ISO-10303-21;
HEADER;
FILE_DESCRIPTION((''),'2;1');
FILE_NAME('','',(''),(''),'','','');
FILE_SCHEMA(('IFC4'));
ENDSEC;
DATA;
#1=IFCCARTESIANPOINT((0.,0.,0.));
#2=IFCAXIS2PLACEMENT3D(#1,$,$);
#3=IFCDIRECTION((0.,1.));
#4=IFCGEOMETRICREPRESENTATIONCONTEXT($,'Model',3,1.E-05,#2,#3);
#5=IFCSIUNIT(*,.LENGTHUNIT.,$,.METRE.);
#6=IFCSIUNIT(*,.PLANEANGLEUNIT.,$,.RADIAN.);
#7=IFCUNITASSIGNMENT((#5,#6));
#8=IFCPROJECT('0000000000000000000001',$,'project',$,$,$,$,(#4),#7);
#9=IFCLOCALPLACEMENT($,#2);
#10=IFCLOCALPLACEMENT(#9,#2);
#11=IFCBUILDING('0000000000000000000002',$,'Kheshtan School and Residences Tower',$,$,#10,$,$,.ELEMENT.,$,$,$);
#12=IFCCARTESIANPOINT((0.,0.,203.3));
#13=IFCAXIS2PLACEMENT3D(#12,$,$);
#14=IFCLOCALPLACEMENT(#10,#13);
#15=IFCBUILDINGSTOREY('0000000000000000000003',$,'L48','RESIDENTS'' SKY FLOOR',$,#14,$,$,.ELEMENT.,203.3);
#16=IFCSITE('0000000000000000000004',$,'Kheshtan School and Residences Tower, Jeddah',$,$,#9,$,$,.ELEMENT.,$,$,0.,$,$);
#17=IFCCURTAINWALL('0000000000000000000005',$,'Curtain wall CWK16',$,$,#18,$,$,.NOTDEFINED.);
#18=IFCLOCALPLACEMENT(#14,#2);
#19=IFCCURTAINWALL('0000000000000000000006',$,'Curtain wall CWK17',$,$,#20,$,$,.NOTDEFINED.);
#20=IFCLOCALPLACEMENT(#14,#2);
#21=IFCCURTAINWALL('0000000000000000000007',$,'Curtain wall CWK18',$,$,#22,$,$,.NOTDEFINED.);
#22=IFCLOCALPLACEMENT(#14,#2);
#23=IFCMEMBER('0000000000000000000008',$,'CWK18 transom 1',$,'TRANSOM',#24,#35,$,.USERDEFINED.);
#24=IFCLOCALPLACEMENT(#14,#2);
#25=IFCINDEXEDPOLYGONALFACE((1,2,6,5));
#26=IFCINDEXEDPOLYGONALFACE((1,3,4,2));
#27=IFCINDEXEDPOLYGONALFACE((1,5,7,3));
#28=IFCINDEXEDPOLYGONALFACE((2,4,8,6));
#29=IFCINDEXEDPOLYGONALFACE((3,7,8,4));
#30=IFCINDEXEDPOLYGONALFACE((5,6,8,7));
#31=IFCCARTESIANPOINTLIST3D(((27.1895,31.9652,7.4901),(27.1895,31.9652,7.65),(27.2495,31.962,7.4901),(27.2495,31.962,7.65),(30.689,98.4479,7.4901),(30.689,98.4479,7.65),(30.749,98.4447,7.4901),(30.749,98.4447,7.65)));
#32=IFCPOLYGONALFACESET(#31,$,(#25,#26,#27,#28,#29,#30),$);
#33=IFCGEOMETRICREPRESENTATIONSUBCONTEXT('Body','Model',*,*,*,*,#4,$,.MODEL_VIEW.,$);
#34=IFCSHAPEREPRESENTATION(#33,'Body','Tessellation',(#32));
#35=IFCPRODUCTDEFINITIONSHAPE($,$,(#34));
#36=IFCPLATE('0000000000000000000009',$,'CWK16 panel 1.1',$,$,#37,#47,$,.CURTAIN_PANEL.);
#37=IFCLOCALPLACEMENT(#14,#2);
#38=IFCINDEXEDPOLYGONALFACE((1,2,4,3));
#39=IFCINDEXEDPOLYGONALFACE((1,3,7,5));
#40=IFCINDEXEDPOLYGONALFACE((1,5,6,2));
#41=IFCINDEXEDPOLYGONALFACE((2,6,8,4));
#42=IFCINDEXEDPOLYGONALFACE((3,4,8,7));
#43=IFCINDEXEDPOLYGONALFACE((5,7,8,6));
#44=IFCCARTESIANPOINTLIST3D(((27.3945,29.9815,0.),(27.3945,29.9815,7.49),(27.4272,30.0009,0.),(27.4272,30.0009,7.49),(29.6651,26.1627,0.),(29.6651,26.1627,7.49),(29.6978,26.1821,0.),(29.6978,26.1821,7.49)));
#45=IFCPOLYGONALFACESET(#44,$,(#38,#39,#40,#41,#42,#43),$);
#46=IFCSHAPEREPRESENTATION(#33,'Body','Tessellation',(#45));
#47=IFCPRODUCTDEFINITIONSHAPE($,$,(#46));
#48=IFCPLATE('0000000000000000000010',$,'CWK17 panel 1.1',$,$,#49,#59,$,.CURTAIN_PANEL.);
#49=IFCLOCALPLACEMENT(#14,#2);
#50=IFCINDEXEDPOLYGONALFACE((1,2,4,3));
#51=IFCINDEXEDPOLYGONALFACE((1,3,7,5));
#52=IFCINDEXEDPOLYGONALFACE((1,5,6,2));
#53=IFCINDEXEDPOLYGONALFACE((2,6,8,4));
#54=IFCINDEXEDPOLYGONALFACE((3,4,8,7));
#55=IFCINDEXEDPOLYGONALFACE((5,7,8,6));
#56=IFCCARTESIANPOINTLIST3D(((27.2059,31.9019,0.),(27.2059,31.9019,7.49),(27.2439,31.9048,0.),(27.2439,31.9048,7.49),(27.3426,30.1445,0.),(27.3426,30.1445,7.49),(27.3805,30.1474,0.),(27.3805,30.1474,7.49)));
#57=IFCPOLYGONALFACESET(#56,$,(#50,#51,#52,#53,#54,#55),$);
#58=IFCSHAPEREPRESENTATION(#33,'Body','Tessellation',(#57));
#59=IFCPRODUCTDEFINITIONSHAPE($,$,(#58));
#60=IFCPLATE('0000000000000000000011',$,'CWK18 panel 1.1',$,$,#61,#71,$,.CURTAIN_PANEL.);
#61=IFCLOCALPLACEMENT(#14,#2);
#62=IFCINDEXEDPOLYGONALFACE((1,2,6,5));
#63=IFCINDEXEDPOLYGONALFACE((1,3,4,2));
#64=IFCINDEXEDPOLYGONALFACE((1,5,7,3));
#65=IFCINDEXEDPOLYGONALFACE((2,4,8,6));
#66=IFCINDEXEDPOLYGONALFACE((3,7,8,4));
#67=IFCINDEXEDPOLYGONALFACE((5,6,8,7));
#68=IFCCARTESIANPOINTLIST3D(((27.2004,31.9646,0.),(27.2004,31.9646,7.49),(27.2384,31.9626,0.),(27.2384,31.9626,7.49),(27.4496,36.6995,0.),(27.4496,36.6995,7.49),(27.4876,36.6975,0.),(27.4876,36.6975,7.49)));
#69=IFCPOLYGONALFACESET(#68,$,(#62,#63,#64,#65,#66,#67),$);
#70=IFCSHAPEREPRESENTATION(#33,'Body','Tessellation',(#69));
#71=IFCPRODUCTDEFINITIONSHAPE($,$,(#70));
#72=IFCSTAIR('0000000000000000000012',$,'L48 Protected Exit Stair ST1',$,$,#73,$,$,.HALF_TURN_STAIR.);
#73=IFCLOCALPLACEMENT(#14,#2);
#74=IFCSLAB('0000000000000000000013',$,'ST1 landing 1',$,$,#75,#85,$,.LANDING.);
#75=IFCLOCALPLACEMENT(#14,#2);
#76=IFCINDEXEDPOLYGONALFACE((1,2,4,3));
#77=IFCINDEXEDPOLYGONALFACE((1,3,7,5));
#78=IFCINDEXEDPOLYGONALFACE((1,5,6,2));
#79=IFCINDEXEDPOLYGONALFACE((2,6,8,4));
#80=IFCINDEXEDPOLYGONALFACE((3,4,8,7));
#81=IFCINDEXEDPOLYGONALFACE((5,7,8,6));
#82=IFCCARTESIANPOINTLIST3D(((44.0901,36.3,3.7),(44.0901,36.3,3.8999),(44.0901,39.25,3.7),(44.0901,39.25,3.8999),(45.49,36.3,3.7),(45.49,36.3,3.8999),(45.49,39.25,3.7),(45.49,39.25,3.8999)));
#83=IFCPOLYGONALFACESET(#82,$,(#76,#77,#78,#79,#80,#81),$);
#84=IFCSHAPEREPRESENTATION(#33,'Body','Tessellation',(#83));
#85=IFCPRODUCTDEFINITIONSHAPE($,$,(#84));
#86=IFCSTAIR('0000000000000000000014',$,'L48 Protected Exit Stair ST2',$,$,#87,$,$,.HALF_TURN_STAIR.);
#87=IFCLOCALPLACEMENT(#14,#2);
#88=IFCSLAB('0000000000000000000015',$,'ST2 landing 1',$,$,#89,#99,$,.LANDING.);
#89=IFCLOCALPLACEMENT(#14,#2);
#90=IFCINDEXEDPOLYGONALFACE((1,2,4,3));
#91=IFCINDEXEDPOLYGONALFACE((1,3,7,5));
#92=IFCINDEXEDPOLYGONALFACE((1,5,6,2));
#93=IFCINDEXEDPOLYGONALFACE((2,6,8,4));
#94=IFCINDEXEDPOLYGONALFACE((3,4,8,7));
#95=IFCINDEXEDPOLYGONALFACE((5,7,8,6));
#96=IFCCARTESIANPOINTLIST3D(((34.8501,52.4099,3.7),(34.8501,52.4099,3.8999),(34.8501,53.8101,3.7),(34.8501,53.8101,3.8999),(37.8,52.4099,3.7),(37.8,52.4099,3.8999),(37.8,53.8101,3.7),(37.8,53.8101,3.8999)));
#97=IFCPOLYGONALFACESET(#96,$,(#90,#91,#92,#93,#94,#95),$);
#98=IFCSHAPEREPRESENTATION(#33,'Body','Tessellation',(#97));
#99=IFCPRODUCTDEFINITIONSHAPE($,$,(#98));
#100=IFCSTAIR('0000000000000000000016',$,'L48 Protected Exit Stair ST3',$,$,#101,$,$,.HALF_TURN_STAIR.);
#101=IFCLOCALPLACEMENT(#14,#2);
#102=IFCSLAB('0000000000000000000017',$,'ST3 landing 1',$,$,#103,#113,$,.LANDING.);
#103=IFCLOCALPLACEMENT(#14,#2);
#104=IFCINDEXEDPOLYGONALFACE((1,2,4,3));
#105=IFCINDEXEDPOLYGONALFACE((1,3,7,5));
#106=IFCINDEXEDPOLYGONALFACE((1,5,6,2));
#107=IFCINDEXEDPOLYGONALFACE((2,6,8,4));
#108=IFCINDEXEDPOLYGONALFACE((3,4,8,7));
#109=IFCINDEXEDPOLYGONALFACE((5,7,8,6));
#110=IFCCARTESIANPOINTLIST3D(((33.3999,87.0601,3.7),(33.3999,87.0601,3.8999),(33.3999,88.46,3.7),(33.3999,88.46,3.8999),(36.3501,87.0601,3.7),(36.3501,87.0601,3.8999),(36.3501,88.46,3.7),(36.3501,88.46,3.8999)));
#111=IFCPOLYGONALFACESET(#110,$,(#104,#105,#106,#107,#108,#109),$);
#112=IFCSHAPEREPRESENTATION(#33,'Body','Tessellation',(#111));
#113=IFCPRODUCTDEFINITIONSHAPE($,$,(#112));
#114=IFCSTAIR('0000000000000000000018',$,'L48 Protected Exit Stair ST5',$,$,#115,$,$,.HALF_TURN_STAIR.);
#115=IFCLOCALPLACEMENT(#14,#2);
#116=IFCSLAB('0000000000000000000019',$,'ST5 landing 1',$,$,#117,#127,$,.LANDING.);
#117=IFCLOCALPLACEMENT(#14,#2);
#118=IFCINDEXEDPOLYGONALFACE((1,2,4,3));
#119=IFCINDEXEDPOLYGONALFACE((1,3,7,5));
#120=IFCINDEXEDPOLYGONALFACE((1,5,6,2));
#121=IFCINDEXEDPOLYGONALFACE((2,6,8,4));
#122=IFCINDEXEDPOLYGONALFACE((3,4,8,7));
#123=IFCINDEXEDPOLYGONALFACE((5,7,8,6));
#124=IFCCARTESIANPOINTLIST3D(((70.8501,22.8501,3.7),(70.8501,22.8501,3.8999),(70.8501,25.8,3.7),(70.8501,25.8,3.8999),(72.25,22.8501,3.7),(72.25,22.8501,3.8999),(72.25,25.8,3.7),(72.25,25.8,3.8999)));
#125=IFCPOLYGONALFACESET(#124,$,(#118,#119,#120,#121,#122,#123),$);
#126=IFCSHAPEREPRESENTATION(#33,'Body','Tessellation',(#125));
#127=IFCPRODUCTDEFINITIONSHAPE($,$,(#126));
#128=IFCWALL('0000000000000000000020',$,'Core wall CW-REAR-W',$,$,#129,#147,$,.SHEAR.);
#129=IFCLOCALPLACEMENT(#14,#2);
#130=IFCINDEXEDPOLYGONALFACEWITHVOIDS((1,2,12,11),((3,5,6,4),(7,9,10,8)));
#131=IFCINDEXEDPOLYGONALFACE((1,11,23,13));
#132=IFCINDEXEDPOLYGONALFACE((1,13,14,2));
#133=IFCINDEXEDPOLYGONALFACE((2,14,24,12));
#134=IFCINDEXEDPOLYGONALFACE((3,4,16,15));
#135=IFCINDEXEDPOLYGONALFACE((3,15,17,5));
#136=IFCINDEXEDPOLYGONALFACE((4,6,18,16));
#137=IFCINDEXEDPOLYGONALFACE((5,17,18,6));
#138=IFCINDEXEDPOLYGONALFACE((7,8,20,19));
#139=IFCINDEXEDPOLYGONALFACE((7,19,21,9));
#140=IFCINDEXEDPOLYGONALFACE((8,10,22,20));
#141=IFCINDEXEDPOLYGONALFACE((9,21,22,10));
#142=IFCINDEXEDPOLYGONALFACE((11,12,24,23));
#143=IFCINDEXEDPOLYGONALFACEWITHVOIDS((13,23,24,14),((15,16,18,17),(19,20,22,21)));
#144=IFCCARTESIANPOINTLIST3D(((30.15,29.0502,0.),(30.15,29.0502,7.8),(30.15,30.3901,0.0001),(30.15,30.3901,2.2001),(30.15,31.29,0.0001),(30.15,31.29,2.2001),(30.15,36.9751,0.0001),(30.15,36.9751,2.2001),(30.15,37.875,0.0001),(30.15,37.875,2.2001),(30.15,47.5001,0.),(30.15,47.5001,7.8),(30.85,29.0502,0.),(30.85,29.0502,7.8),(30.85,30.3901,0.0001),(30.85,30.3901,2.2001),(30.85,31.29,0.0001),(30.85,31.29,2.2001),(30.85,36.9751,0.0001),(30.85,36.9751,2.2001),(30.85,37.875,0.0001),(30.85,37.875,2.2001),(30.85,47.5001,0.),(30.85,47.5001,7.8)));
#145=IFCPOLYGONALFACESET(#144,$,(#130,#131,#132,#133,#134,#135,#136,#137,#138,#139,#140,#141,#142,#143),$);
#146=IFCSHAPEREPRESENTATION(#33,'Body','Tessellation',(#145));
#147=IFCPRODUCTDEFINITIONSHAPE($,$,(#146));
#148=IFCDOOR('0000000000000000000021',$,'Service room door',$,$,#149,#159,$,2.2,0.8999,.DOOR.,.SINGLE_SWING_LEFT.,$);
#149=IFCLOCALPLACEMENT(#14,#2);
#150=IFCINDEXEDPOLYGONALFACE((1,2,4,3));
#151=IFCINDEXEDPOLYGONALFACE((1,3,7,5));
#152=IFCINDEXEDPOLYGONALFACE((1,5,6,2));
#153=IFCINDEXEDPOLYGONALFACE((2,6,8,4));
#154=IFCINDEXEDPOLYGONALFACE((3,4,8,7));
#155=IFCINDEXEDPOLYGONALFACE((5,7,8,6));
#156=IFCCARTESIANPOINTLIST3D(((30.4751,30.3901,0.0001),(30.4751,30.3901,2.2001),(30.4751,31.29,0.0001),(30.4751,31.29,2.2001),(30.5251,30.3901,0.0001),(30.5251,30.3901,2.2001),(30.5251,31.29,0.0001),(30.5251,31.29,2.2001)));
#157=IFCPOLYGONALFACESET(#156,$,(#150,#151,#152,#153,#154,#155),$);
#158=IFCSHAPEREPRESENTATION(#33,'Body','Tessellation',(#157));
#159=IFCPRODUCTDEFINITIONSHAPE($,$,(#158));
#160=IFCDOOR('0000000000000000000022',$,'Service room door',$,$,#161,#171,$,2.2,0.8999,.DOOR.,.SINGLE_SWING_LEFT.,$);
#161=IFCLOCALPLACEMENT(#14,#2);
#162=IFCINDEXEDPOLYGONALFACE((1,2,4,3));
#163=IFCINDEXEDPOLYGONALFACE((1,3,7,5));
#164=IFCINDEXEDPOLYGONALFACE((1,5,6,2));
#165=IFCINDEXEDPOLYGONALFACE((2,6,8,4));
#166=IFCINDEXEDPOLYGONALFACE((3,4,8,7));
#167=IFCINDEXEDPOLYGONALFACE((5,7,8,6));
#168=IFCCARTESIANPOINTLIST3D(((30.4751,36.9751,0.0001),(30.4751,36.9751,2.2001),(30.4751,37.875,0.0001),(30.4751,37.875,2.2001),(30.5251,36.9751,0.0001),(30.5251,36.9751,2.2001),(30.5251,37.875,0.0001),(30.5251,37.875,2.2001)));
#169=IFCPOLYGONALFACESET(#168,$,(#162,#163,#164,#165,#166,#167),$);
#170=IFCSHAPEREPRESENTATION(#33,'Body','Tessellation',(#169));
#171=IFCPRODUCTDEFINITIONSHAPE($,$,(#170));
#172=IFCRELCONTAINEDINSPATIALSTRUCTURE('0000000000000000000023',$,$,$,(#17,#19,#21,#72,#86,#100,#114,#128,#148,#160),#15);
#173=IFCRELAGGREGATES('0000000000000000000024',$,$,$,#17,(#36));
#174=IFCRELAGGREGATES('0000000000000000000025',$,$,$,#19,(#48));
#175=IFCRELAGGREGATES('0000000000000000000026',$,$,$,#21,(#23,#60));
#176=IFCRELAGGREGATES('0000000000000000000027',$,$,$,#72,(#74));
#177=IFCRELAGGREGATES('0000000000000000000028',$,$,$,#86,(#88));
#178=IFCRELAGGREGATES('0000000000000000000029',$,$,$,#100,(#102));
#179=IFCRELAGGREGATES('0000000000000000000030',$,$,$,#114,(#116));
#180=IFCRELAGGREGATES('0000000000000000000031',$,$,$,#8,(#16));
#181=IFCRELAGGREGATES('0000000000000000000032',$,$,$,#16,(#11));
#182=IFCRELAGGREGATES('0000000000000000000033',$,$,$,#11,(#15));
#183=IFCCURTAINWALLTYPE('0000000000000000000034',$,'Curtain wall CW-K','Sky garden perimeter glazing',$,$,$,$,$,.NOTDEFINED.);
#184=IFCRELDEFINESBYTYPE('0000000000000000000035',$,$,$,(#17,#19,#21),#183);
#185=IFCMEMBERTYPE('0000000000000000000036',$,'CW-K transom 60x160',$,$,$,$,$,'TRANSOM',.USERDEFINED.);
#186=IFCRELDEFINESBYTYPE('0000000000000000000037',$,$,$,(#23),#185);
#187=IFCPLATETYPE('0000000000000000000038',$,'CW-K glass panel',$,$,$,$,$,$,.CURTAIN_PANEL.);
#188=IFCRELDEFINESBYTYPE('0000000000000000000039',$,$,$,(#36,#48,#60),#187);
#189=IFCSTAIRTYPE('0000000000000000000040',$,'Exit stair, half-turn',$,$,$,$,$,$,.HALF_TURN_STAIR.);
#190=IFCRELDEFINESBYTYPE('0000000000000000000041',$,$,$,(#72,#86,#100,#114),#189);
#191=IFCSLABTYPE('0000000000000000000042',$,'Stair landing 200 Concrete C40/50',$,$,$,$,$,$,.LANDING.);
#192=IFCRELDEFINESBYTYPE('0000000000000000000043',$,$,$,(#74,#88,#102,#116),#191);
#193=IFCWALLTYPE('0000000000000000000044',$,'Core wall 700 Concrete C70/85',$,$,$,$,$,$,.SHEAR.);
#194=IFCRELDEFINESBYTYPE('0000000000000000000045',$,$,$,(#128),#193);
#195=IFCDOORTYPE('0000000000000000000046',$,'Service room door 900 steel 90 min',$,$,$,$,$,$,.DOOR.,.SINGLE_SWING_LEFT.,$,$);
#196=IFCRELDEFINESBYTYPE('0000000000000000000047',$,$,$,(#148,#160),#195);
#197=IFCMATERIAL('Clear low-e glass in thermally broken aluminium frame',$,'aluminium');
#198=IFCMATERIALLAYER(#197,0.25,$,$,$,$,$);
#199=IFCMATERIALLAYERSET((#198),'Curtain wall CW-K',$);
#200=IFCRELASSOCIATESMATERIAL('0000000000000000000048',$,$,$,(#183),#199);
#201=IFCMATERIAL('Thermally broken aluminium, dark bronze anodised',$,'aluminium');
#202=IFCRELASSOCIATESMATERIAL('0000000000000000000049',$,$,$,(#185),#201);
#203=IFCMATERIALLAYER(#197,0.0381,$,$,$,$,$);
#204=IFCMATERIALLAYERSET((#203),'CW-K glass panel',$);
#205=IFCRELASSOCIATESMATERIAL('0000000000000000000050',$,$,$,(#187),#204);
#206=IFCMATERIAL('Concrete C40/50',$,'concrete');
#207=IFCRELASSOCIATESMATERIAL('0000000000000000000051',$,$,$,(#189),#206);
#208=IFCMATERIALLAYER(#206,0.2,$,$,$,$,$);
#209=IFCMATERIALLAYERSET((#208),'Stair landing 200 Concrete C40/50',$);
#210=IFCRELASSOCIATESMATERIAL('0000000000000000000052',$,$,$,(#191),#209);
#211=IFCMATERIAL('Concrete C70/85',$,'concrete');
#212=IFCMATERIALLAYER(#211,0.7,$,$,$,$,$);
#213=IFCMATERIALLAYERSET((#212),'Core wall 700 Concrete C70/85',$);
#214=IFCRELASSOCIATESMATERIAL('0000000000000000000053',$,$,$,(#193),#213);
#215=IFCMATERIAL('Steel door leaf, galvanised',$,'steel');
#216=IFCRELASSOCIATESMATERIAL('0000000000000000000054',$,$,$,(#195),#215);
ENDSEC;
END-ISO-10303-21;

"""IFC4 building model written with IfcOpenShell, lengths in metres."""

from ifc_helpers import new_model, si_unit, direction, frame, frame_2d, origin, origin_2d, place, context, subcontext, project, spatial, polyline, rectangle, outline, extrude, source, transform, mapped, material, layer, layer_set, material_profile, profile_set, type_object, element, fill, aggregate, save


model = new_model("IFC4")

# Units and contexts
model_context = context("Model", 3, precision=1e-05, world=origin(), true_north=direction((0.0, 1.0)))
body_context = subcontext(model_context, "Body", "Model", "MODEL_VIEW")
ifc_project = project(units=[si_unit("LENGTHUNIT", "METRE"), si_unit("PLANEANGLEUNIT", "RADIAN")], contexts=[model_context])

# Site, building, storey
site_placement = place(None, origin())
site = spatial("IfcSite", under=ifc_project, at=site_placement, Name="Kheshtan School and Residences Tower, Jeddah", CompositionType="ELEMENT", RefElevation=0.0)
building_placement = place(site_placement, origin())
building = spatial("IfcBuilding", under=site, at=building_placement, Name="Kheshtan School and Residences Tower", CompositionType="ELEMENT")
storey_placement = place(building_placement, frame((0.0, 0.0, 203.3)))
storey = spatial("IfcBuildingStorey", under=building, at=storey_placement, Name="L48", Description="RESIDENTS' SKY FLOOR", CompositionType="ELEMENT", Elevation=203.3)

# Shared definitions
ifc_material_1 = material(Name="Clear low-e glass in thermally broken aluminium frame", Category="aluminium")
ifc_layer_1 = layer(ifc_material_1, 0.25)
ifc_layer_set_1 = layer_set([ifc_layer_1], Name="Curtain wall CW-K")
curtain_wall_type = type_object("IfcCurtainWallType", Name="Curtain wall CW-K", Description="Sky garden perimeter glazing", PredefinedType="NOTDEFINED", material=ifc_layer_set_1)
ifc_material_2 = material(Name="Thermally broken aluminium, dark bronze anodised", Category="aluminium")

# Curtain walls
curtain_wall_1_placement = place(storey_placement, origin())
curtain_wall_1 = element("IfcCurtainWall", 1, at=curtain_wall_1_placement, inside=storey, type_object=curtain_wall_type, Name="Curtain wall CWK16", PredefinedType="NOTDEFINED")
curtain_wall_2_placement = place(storey_placement, origin())
curtain_wall_2 = element("IfcCurtainWall", 2, at=curtain_wall_2_placement, inside=storey, type_object=curtain_wall_type, Name="Curtain wall CWK17", PredefinedType="NOTDEFINED")

# Shared definitions
ifc_material_profile_1 = material_profile(ifc_material_2, rectangle(XDim=0.0601, YDim=0.1599, at=origin_2d()), Name="CW-K transom 60x160")
ifc_profile_set_1 = profile_set([ifc_material_profile_1], Name="Thermally broken aluminium, dark bronze anodised")
member_type_1 = type_object("IfcMemberType", Name="CW-K transom 60x160", ElementType="TRANSOM", PredefinedType="USERDEFINED", material=ifc_profile_set_1)

# Curtain wall, member
curtain_wall_3_placement = place(storey_placement, origin())
curtain_wall_3 = element("IfcCurtainWall", 3, at=curtain_wall_3_placement, inside=storey, type_object=curtain_wall_type, Name="Curtain wall CWK18", PredefinedType="NOTDEFINED")
member_1_placement = place(storey_placement, frame((27.2195, 31.9636, 7.5701), z_axis=(0.052565, 0.998617, 0.0), x_axis=(-0.998617, 0.052565, 0.0)))
member_1 = element("IfcMember", 4, at=member_1_placement, type_object=member_type_1, Name="CWK18 transom 1", ObjectType="TRANSOM", PredefinedType="USERDEFINED", context=body_context, shape_type="SweptSolid", body=[
    extrude(rectangle(XDim=0.0601, YDim=0.1599, at=origin_2d()), origin(), (0.0, 0.0, 1.0), 66.5747),
])

# Plates
ifc_layer_2 = layer(ifc_material_1, 0.0381)
ifc_layer_set_2 = layer_set([ifc_layer_2], Name="CW-K glass panel")
plate_type = type_object("IfcPlateType", Name="CW-K glass panel", PredefinedType="CURTAIN_PANEL", material=ifc_layer_set_2)
plate_1_placement = place(storey_placement, frame((28.5461, 28.0818, 0.0), z_axis=(0.0, 0.0, 1.0), x_axis=(-0.511075, 0.859536, 0.0)))
plate_1 = element("IfcPlate", 5, at=plate_1_placement, type_object=plate_type, Name="CWK16 panel 1.1", PredefinedType="CURTAIN_PANEL", context=body_context, shape_type="SweptSolid", body=[
    extrude(rectangle(XDim=4.4429, YDim=0.0381, at=origin_2d()), origin(), (0.0, 0.0, 1.0), 7.49),
])
aggregate(curtain_wall_1, [plate_1])
plate_2_placement = place(storey_placement, frame((27.2932, 31.0247, 0.0), z_axis=(0.0, 0.0, 1.0), x_axis=(-0.077549, 0.996989, 0.0)))
plate_2 = element("IfcPlate", 6, at=plate_2_placement, type_object=plate_type, Name="CWK17 panel 1.1", PredefinedType="CURTAIN_PANEL", context=body_context, shape_type="SweptSolid", body=[
    extrude(rectangle(XDim=1.7627, YDim=0.0381, at=origin_2d()), origin(), (0.0, 0.0, 1.0), 7.49),
])
aggregate(curtain_wall_2, [plate_2])
plate_3_placement = place(storey_placement, frame((27.344, 34.3311, 0.0), z_axis=(0.0, 0.0, 1.0), x_axis=(0.052565, 0.998617, 0.0)))
plate_3 = element("IfcPlate", 7, at=plate_3_placement, type_object=plate_type, Name="CWK18 panel 1.1", PredefinedType="CURTAIN_PANEL", context=body_context, shape_type="SweptSolid", body=[
    extrude(rectangle(XDim=4.7415, YDim=0.0381, at=origin_2d()), origin(), (0.0, 0.0, 1.0), 7.49),
])
aggregate(curtain_wall_3, [member_1, plate_3])

# Shared definitions
ifc_material_3 = material(Name="Concrete C40/50", Category="concrete")

# Stairs, slabs
stair_type = type_object("IfcStairType", Name="Exit stair, half-turn", PredefinedType="HALF_TURN_STAIR", material=ifc_material_3)
stair_1_placement = place(storey_placement, origin())
stair_1 = element("IfcStair", 8, at=stair_1_placement, inside=storey, type_object=stair_type, Name="L48 Protected Exit Stair ST1", PredefinedType="HALF_TURN_STAIR")
ifc_layer_3 = layer(ifc_material_3, 0.2)
ifc_layer_set_3 = layer_set([ifc_layer_3], Name="Stair landing 200 Concrete C40/50")
slab_type_1 = type_object("IfcSlabType", Name="Stair landing 200 Concrete C40/50", PredefinedType="LANDING", material=ifc_layer_set_3)
slab_1_placement = place(storey_placement, frame((0.0, 0.0, 3.7)))
slab_1 = element("IfcSlab", 9, at=slab_1_placement, type_object=slab_type_1, Name="ST1 landing 1", PredefinedType="LANDING", context=body_context, shape_type="SweptSolid", body=[
    extrude(outline(polyline([(45.49, 39.25), (44.0901, 39.25), (44.0901, 36.3), (45.49, 36.3), (45.49, 39.25)])), origin(), (0.0, 0.0, 1.0), 0.2),
])
aggregate(stair_1, [slab_1])
stair_2_placement = place(storey_placement, origin())
stair_2 = element("IfcStair", 10, at=stair_2_placement, inside=storey, type_object=stair_type, Name="L48 Protected Exit Stair ST2", PredefinedType="HALF_TURN_STAIR")
slab_2_placement = place(storey_placement, frame((0.0, 0.0, 3.7)))
slab_2 = element("IfcSlab", 11, at=slab_2_placement, type_object=slab_type_1, Name="ST2 landing 1", PredefinedType="LANDING", context=body_context, shape_type="SweptSolid", body=[
    extrude(outline(polyline([(37.8, 52.4099), (37.8, 53.8101), (34.8501, 53.8101), (34.8501, 52.4099), (37.8, 52.4099)])), origin(), (0.0, 0.0, 1.0), 0.2),
])
aggregate(stair_2, [slab_2])
stair_3_placement = place(storey_placement, origin())
stair_3 = element("IfcStair", 12, at=stair_3_placement, inside=storey, type_object=stair_type, Name="L48 Protected Exit Stair ST3", PredefinedType="HALF_TURN_STAIR")
slab_3_placement = place(storey_placement, frame((0.0, 0.0, 3.7)))
slab_3 = element("IfcSlab", 13, at=slab_3_placement, type_object=slab_type_1, Name="ST3 landing 1", PredefinedType="LANDING", context=body_context, shape_type="SweptSolid", body=[
    extrude(outline(polyline([(36.3501, 87.0601), (36.3501, 88.46), (33.3999, 88.46), (33.3999, 87.0601), (36.3501, 87.0601)])), origin(), (0.0, 0.0, 1.0), 0.2),
])
aggregate(stair_3, [slab_3])
stair_4_placement = place(storey_placement, origin())
stair_4 = element("IfcStair", 14, at=stair_4_placement, inside=storey, type_object=stair_type, Name="L48 Protected Exit Stair ST5", PredefinedType="HALF_TURN_STAIR")
slab_4_placement = place(storey_placement, frame((0.0, 0.0, 3.7)))
slab_4 = element("IfcSlab", 15, at=slab_4_placement, type_object=slab_type_1, Name="ST5 landing 1", PredefinedType="LANDING", context=body_context, shape_type="SweptSolid", body=[
    extrude(outline(polyline([(72.25, 25.8), (70.8501, 25.8), (70.8501, 22.8501), (72.25, 22.8501), (72.25, 25.8)])), origin(), (0.0, 0.0, 1.0), 0.2),
])
aggregate(stair_4, [slab_4])

# Wall, openings, doors
ifc_material_4 = material(Name="Concrete C70/85", Category="concrete")
ifc_layer_4 = layer(ifc_material_4, 0.7)
ifc_layer_set_4 = layer_set([ifc_layer_4], Name="Core wall 700 Concrete C70/85")
wall_type = type_object("IfcWallType", Name="Core wall 700 Concrete C70/85", PredefinedType="SHEAR", material=ifc_layer_set_4)
wall_placement = place(storey_placement, frame((30.5, 29.05, 0.0), z_axis=(0.0, 0.0, 1.0), x_axis=(0.0, 1.0, 0.0)))
wall = element("IfcWall", 16, at=wall_placement, inside=storey, type_object=wall_type, Name="Core wall CW-REAR-W", PredefinedType="SHEAR", context=body_context, shape_type="SweptSolid", body=[
    extrude(rectangle(XDim=18.45, YDim=0.7, at=frame_2d((9.2251, 0.0))), origin(), (0.0, 0.0, 1.0), 7.8),
])
opening_1_placement = place(wall_placement, frame((1.3401, 0.0, 0.0)))
opening_1 = element("IfcOpeningElement", 17, at=opening_1_placement, cuts=wall, PredefinedType="OPENING", context=body_context, shape_type="SweptSolid", body=[
    extrude(rectangle(XDim=0.8999, YDim=2.2, at=frame_2d((0.45, 1.1001))), frame((0.0, 0.3599, 0.0), z_axis=(0.0, -1.0, 0.0), x_axis=(1.0, 0.0, 0.0)), (0.0, 0.0, 1.0), 0.72),
])
opening_2_placement = place(wall_placement, frame((7.925, 0.0, 0.0)))
opening_2 = element("IfcOpeningElement", 18, at=opening_2_placement, cuts=wall, PredefinedType="OPENING", context=body_context, shape_type="SweptSolid", body=[
    extrude(rectangle(XDim=0.8999, YDim=2.2, at=frame_2d((0.45, 1.1001))), frame((0.0, 0.3599, 0.0), z_axis=(0.0, -1.0, 0.0), x_axis=(1.0, 0.0, 0.0)), (0.0, 0.0, 1.0), 0.72),
])
ifc_material_5 = material(Name="Steel door leaf, galvanised", Category="steel")
door_type = type_object("IfcDoorType", Name="Service room door 900 steel 90 min", OperationType="SINGLE_SWING_LEFT", PredefinedType="DOOR", material=ifc_material_5)
shared_shape = source(origin(), body_context, "Body", "SweptSolid", [
    extrude(rectangle(XDim=0.8999, YDim=2.2, at=frame_2d((0.45, 1.1001))), frame((0.0, 0.0249, 0.0), z_axis=(0.0, -1.0, 0.0), x_axis=(1.0, 0.0, 0.0)), (0.0, 0.0, 1.0), 0.05),
])
door_1_placement = place(opening_1_placement, origin())
door_1 = element("IfcDoor", 19, at=door_1_placement, inside=storey, type_object=door_type, Name="Service room door", OperationType="SINGLE_SWING_LEFT", OverallHeight=2.2, OverallWidth=0.8999, PredefinedType="DOOR", context=body_context, shape_type="MappedRepresentation", body=[
    mapped(shared_shape, transform((0.0, 0.0, 0.0), x_axis=(1.0, 0.0, 0.0), y_axis=(0.0, 1.0, 0.0), z_axis=(0.0, 0.0, 1.0), scale=1.0)),
])
fill(opening_1, door_1)
door_2_placement = place(opening_2_placement, origin())
door_2 = element("IfcDoor", 20, at=door_2_placement, inside=storey, type_object=door_type, Name="Service room door", OperationType="SINGLE_SWING_LEFT", OverallHeight=2.2, OverallWidth=0.8999, PredefinedType="DOOR", context=body_context, shape_type="MappedRepresentation", body=[
    mapped(shared_shape, transform((0.0, 0.0, 0.0), x_axis=(1.0, 0.0, 0.0), y_axis=(0.0, 1.0, 0.0), z_axis=(0.0, 0.0, 1.0), scale=1.0)),
])
fill(opening_2, door_2)

save(model, "model.ifc")
